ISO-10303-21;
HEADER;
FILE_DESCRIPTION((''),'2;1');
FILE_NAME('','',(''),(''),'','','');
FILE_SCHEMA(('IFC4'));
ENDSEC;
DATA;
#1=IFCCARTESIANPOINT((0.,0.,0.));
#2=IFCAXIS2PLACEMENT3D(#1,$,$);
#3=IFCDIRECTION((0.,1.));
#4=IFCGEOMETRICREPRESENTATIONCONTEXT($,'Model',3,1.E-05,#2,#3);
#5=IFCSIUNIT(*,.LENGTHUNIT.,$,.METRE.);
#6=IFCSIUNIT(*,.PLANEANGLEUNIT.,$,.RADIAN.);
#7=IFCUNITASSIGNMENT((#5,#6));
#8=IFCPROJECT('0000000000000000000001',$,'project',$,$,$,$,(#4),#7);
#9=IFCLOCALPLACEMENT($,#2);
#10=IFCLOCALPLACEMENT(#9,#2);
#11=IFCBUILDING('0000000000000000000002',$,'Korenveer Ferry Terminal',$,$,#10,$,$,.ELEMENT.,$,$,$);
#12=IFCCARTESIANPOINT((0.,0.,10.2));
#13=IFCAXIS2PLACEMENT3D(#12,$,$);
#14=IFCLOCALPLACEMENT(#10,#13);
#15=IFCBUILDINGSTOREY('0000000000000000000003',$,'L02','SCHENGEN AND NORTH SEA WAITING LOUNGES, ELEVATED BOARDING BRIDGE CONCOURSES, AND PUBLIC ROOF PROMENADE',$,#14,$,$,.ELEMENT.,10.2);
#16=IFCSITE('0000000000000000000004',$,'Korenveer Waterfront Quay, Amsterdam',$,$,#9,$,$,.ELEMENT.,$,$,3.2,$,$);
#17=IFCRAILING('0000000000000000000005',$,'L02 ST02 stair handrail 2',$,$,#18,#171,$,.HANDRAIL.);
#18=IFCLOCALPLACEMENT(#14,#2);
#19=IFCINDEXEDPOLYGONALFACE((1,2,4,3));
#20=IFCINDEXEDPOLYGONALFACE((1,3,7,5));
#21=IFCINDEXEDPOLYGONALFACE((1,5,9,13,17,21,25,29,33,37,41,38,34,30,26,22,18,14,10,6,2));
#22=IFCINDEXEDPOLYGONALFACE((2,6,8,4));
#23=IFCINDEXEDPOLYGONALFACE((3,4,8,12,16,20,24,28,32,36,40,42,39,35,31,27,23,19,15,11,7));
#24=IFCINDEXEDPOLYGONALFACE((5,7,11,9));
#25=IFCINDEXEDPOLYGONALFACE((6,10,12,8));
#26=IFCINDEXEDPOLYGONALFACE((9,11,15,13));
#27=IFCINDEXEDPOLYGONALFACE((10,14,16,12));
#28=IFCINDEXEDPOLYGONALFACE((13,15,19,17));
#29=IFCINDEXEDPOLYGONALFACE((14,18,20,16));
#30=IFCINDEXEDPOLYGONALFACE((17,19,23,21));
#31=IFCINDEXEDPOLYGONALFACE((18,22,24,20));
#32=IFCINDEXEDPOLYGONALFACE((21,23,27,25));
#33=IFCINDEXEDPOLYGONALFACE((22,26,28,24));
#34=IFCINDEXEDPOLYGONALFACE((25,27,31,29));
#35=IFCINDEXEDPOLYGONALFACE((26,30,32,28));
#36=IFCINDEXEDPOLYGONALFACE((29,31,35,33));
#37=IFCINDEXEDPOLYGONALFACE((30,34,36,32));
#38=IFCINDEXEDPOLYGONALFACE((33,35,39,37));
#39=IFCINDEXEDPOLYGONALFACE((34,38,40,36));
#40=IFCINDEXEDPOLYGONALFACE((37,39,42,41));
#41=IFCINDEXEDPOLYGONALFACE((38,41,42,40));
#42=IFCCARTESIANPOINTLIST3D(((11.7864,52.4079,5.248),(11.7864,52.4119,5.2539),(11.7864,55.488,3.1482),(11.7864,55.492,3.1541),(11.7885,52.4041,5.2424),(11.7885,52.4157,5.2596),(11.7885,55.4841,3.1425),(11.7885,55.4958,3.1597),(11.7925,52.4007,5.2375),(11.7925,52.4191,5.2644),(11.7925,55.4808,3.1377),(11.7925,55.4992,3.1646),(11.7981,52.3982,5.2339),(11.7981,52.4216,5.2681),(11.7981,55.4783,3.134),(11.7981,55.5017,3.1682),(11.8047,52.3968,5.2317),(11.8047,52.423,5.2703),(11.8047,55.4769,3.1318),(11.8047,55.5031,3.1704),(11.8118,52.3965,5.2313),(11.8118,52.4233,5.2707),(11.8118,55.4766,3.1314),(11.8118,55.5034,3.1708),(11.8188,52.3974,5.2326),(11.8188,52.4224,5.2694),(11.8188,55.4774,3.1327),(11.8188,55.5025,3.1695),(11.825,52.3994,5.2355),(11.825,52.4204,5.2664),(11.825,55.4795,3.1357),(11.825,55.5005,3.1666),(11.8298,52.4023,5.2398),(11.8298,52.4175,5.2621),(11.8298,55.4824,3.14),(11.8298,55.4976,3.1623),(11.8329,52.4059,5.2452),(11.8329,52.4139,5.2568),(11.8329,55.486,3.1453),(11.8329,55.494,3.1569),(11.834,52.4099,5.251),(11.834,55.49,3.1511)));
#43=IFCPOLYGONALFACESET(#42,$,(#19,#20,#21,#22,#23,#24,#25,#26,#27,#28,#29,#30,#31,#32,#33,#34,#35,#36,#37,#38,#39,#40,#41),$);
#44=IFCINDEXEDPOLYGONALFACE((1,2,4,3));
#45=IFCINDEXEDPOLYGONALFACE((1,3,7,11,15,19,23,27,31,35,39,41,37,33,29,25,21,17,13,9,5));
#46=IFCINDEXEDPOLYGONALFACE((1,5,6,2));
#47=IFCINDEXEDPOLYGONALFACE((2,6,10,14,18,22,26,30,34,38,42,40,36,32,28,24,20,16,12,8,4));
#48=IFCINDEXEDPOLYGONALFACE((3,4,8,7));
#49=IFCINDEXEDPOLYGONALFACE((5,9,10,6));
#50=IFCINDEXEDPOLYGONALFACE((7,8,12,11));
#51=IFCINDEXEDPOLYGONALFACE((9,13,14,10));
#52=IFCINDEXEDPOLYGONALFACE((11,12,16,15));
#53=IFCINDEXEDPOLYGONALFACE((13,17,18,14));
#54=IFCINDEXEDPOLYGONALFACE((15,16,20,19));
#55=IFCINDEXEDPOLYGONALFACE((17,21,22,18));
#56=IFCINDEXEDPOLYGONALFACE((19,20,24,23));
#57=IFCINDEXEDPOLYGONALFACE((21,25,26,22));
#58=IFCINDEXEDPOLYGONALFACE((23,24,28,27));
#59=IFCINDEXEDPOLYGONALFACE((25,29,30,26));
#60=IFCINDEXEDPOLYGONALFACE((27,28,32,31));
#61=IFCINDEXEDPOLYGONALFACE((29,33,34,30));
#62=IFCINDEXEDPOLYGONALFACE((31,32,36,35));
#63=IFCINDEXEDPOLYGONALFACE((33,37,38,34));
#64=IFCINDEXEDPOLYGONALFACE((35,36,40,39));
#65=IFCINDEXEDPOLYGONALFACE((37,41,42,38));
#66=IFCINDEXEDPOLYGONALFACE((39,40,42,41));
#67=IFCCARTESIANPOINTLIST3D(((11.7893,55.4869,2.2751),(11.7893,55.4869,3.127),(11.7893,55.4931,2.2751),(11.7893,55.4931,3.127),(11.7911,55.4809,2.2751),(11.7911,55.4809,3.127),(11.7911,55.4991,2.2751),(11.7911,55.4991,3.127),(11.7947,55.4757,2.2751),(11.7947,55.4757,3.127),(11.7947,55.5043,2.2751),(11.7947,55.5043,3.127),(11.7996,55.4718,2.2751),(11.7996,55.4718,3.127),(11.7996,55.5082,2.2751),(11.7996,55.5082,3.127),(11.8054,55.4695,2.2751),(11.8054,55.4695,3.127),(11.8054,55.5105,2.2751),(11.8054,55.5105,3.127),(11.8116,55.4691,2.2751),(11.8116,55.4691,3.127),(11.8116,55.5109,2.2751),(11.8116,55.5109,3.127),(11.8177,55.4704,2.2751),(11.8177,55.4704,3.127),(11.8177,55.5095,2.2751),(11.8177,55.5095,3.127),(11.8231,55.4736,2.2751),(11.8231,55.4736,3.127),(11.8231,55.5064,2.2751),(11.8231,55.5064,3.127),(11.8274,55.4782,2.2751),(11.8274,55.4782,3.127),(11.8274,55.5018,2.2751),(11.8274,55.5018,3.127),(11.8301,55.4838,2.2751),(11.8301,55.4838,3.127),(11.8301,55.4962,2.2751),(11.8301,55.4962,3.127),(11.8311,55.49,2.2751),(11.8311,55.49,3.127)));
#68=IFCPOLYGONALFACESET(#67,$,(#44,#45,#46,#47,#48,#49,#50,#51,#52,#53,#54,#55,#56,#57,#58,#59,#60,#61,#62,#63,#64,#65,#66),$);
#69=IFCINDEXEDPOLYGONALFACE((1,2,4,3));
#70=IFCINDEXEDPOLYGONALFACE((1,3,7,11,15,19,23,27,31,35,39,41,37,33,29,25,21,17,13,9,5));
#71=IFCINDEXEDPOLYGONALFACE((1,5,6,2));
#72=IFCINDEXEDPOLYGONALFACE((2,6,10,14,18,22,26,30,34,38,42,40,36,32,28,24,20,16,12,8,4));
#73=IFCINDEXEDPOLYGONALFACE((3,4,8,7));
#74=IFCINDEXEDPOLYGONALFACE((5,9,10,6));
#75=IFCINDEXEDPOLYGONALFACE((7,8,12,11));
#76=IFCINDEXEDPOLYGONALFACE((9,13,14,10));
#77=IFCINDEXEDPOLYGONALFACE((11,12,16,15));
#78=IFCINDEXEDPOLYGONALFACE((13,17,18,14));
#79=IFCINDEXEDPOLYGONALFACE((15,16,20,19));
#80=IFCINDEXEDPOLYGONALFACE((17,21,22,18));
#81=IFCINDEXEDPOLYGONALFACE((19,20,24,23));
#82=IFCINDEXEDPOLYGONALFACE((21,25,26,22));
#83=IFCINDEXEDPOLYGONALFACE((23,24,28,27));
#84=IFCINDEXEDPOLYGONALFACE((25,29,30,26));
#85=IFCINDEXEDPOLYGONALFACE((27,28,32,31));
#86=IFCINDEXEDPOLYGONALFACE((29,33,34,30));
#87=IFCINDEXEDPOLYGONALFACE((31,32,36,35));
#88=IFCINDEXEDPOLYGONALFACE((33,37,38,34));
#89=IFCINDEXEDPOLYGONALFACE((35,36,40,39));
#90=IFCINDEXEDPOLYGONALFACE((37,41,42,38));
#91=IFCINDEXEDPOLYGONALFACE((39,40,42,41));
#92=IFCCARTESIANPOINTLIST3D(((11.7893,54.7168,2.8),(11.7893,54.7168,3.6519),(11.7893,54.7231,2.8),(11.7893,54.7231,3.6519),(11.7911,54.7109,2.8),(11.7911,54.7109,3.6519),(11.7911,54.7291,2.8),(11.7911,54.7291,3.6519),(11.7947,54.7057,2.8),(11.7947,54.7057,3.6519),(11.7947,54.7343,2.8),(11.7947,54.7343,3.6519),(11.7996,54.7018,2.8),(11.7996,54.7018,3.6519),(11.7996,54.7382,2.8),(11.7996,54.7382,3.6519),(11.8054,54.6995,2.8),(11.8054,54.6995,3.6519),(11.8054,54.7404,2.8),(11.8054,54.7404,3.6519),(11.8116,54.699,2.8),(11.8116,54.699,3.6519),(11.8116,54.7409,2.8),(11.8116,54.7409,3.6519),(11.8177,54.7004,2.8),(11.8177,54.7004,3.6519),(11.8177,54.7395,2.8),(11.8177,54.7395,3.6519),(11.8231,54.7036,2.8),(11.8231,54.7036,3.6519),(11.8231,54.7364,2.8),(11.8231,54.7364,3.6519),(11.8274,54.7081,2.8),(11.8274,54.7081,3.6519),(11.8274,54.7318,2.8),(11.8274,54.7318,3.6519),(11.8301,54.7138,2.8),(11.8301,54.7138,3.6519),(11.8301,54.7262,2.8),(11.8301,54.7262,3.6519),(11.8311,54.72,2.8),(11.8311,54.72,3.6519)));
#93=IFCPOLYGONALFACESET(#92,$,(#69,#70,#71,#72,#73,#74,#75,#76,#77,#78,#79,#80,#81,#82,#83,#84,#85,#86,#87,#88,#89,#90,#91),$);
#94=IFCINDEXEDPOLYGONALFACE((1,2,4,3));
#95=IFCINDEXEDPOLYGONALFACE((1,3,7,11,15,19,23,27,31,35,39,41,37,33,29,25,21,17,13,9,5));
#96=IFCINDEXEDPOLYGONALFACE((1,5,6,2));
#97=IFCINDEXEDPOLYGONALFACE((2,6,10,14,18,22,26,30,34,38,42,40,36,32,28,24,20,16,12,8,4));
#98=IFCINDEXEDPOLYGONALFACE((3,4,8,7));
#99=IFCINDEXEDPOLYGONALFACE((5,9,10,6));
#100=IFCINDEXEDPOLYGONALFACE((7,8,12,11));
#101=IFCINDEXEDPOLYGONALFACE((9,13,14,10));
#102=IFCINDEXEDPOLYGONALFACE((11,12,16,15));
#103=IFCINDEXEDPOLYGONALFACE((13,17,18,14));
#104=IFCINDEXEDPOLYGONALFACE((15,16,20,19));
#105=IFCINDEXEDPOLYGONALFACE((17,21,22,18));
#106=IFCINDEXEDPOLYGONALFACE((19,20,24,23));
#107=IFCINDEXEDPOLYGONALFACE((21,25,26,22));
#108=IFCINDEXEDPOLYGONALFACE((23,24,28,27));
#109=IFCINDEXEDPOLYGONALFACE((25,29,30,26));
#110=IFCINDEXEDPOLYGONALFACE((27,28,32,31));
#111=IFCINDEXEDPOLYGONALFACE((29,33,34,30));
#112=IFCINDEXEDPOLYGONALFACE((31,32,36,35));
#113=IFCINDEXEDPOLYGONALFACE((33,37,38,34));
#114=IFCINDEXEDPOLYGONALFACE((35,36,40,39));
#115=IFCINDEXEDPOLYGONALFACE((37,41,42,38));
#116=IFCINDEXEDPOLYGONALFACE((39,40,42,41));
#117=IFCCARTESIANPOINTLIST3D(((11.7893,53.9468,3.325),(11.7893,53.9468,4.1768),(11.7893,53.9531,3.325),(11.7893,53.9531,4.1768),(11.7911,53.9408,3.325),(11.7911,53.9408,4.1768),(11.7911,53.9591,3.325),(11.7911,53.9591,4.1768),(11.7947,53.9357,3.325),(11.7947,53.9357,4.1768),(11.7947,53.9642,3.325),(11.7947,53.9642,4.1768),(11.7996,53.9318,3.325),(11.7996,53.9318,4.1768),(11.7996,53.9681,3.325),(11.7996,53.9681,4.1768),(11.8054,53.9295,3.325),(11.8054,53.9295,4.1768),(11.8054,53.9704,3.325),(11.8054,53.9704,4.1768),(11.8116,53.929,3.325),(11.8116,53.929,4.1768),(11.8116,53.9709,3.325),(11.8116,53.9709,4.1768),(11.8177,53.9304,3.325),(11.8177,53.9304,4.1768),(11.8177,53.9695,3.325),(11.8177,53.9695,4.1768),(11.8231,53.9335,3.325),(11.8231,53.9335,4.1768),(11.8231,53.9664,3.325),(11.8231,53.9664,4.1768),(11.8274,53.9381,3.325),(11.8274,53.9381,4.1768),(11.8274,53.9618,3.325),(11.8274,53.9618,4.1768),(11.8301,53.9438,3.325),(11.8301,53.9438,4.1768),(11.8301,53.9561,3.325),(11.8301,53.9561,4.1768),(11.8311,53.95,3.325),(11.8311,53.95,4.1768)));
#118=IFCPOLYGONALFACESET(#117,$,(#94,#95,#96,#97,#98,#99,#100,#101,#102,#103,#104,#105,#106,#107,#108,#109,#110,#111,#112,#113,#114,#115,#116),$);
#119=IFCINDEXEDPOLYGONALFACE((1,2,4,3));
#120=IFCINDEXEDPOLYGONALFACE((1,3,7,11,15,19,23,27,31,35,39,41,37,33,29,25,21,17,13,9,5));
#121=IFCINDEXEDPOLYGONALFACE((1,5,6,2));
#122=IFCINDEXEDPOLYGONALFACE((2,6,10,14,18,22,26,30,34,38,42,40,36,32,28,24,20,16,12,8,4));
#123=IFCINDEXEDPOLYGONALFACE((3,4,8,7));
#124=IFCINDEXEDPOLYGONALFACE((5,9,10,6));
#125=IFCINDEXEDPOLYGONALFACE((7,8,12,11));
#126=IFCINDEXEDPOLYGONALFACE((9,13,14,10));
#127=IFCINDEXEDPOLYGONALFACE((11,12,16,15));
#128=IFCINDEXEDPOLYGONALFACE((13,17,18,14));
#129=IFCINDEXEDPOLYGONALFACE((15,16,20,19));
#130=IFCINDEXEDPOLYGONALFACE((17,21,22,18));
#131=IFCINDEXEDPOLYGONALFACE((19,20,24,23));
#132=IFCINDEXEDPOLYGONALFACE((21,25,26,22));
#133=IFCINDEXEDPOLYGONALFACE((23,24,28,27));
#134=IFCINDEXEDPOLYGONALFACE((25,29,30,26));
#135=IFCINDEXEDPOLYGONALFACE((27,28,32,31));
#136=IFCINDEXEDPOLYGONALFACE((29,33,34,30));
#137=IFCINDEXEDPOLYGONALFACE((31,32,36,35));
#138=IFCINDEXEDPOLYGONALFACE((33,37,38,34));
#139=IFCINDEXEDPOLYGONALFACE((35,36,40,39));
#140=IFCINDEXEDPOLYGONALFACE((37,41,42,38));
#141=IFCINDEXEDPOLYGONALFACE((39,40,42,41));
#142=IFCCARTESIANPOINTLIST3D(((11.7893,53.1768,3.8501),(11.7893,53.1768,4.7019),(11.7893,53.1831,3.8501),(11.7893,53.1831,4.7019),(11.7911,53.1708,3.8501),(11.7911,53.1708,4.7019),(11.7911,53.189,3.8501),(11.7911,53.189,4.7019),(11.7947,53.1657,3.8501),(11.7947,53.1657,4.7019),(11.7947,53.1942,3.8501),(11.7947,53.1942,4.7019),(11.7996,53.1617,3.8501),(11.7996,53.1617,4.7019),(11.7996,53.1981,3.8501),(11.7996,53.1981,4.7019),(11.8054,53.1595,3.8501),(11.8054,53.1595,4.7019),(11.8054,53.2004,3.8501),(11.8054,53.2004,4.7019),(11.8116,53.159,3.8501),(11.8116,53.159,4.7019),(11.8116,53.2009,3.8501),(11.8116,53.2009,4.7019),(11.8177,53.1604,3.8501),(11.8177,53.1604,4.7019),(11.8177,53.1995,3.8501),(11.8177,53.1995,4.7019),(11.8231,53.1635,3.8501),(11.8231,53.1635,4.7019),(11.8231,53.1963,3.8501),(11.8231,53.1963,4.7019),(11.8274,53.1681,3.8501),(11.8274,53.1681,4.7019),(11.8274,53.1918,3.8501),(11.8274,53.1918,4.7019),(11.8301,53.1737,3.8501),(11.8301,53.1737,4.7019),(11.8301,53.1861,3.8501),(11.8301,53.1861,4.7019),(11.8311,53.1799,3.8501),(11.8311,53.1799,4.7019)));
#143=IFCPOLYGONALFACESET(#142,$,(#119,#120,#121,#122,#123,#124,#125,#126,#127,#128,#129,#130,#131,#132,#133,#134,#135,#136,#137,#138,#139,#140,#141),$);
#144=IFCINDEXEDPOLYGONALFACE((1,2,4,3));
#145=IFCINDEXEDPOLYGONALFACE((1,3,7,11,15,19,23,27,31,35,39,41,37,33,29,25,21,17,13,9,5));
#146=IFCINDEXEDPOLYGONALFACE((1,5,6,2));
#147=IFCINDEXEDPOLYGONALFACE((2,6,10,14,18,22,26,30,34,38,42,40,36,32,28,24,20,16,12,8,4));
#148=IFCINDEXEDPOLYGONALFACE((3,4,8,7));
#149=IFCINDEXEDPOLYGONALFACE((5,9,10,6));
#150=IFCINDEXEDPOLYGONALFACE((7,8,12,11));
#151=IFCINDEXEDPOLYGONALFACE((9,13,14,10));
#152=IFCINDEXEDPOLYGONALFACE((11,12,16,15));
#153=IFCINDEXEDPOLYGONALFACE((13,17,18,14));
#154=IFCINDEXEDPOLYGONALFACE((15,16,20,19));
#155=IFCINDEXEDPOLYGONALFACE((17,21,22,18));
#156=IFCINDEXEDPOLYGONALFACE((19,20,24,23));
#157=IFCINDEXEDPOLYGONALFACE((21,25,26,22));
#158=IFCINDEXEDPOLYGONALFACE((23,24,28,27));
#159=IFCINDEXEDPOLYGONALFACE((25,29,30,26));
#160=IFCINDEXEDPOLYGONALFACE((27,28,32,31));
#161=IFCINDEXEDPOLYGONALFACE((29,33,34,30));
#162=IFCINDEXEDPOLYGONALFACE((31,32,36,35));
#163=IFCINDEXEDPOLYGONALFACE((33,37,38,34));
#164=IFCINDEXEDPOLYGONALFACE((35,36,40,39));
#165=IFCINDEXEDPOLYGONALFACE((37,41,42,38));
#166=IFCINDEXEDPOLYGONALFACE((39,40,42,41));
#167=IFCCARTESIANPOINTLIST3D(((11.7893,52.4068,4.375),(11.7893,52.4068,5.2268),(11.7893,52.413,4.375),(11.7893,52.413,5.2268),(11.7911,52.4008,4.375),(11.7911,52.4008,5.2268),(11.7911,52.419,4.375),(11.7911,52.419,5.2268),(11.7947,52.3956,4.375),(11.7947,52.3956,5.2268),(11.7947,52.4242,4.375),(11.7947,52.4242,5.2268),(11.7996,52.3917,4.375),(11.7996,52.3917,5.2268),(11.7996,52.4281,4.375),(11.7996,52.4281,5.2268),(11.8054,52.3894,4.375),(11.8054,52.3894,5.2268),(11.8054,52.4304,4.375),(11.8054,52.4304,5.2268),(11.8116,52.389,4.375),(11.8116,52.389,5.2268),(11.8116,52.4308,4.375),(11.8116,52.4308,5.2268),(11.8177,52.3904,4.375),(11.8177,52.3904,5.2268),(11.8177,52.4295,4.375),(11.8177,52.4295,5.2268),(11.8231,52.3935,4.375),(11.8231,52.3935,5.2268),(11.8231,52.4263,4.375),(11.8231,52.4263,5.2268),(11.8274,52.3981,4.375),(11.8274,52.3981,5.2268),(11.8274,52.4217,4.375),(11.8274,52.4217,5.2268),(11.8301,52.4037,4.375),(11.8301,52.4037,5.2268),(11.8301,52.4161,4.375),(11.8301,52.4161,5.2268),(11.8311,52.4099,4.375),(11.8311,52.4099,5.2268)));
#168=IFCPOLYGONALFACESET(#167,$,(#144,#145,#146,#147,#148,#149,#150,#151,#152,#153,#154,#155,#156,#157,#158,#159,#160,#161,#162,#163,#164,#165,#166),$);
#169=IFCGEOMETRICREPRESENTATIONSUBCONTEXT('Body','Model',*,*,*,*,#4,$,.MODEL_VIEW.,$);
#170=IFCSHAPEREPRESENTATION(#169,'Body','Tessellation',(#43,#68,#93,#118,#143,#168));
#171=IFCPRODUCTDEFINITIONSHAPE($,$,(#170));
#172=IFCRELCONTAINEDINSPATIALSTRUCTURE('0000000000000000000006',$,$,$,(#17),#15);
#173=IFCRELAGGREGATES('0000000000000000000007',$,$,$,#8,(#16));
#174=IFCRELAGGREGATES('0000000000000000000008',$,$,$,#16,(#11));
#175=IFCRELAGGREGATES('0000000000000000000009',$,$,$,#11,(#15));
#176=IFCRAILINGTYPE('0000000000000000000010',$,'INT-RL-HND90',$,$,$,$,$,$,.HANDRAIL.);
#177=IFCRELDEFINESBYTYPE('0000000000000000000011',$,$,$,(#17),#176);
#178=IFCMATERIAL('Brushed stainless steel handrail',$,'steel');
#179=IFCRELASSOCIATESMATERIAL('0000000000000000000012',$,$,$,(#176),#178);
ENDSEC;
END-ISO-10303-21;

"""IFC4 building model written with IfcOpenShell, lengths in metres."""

from ifc_helpers import new_model, si_unit, direction, frame, origin, origin_2d, place, context, subcontext, project, spatial, circle, extrude, material, type_object, element, save


model = new_model("IFC4")

# Units and contexts
model_context = context("Model", 3, precision=1e-05, world=origin(), true_north=direction((0.0, 1.0)))
body_context = subcontext(model_context, "Body", "Model", "MODEL_VIEW")
ifc_project = project(units=[si_unit("LENGTHUNIT", "METRE"), si_unit("PLANEANGLEUNIT", "RADIAN")], contexts=[model_context])

# Site, building, storey
site_placement = place(None, origin())
site = spatial("IfcSite", under=ifc_project, at=site_placement, Name="Korenveer Waterfront Quay, Amsterdam", CompositionType="ELEMENT", RefElevation=3.2)
building_placement = place(site_placement, origin())
building = spatial("IfcBuilding", under=site, at=building_placement, Name="Korenveer Ferry Terminal", CompositionType="ELEMENT")
storey_placement = place(building_placement, frame((0.0, 0.0, 10.2)))
storey = spatial("IfcBuildingStorey", under=building, at=storey_placement, Name="L02", Description="SCHENGEN AND NORTH SEA WAITING LOUNGES, ELEVATED BOARDING BRIDGE CONCOURSES, AND PUBLIC ROOF PROMENADE", CompositionType="ELEMENT", Elevation=10.2)

# Railing
ifc_material_1 = material(Name="Brushed stainless steel handrail", Category="steel")
railing_type_1 = type_object("IfcRailingType", Name="INT-RL-HND90", PredefinedType="HANDRAIL", material=ifc_material_1)
railing_1_placement = place(storey_placement, frame((11.8101, 55.49, 2.2751)))
element("IfcRailing", 1, at=railing_1_placement, inside=storey, type_object=railing_type_1, Name="L02 ST02 stair handrail 2", PredefinedType="HANDRAIL", context=body_context, shape_type="SweptSolid", body=[
    extrude(circle(Radius=0.0239, at=origin_2d()), frame((0.0, 0.0, 0.876), z_axis=(0.0, -0.826252, 0.5633), x_axis=(1.0, 0.0, 0.0)), (0.0, 0.0, 1.0), 3.7278),
    extrude(circle(Radius=0.021, at=origin_2d()), origin(), (0.0, 0.0, 1.0), 0.8518),
    extrude(circle(Radius=0.021, at=origin_2d()), frame((0.0, -0.77, 0.5249)), (0.0, 0.0, 1.0), 0.8518),
    extrude(circle(Radius=0.021, at=origin_2d()), frame((0.0, -1.54, 1.0498)), (0.0, 0.0, 1.0), 0.8518),
    extrude(circle(Radius=0.021, at=origin_2d()), frame((0.0, -2.3101, 1.575)), (0.0, 0.0, 1.0), 0.8518),
    extrude(circle(Radius=0.021, at=origin_2d()), frame((0.0, -3.0801, 2.0999)), (0.0, 0.0, 1.0), 0.8518),
])

save(model, "model.ifc")
